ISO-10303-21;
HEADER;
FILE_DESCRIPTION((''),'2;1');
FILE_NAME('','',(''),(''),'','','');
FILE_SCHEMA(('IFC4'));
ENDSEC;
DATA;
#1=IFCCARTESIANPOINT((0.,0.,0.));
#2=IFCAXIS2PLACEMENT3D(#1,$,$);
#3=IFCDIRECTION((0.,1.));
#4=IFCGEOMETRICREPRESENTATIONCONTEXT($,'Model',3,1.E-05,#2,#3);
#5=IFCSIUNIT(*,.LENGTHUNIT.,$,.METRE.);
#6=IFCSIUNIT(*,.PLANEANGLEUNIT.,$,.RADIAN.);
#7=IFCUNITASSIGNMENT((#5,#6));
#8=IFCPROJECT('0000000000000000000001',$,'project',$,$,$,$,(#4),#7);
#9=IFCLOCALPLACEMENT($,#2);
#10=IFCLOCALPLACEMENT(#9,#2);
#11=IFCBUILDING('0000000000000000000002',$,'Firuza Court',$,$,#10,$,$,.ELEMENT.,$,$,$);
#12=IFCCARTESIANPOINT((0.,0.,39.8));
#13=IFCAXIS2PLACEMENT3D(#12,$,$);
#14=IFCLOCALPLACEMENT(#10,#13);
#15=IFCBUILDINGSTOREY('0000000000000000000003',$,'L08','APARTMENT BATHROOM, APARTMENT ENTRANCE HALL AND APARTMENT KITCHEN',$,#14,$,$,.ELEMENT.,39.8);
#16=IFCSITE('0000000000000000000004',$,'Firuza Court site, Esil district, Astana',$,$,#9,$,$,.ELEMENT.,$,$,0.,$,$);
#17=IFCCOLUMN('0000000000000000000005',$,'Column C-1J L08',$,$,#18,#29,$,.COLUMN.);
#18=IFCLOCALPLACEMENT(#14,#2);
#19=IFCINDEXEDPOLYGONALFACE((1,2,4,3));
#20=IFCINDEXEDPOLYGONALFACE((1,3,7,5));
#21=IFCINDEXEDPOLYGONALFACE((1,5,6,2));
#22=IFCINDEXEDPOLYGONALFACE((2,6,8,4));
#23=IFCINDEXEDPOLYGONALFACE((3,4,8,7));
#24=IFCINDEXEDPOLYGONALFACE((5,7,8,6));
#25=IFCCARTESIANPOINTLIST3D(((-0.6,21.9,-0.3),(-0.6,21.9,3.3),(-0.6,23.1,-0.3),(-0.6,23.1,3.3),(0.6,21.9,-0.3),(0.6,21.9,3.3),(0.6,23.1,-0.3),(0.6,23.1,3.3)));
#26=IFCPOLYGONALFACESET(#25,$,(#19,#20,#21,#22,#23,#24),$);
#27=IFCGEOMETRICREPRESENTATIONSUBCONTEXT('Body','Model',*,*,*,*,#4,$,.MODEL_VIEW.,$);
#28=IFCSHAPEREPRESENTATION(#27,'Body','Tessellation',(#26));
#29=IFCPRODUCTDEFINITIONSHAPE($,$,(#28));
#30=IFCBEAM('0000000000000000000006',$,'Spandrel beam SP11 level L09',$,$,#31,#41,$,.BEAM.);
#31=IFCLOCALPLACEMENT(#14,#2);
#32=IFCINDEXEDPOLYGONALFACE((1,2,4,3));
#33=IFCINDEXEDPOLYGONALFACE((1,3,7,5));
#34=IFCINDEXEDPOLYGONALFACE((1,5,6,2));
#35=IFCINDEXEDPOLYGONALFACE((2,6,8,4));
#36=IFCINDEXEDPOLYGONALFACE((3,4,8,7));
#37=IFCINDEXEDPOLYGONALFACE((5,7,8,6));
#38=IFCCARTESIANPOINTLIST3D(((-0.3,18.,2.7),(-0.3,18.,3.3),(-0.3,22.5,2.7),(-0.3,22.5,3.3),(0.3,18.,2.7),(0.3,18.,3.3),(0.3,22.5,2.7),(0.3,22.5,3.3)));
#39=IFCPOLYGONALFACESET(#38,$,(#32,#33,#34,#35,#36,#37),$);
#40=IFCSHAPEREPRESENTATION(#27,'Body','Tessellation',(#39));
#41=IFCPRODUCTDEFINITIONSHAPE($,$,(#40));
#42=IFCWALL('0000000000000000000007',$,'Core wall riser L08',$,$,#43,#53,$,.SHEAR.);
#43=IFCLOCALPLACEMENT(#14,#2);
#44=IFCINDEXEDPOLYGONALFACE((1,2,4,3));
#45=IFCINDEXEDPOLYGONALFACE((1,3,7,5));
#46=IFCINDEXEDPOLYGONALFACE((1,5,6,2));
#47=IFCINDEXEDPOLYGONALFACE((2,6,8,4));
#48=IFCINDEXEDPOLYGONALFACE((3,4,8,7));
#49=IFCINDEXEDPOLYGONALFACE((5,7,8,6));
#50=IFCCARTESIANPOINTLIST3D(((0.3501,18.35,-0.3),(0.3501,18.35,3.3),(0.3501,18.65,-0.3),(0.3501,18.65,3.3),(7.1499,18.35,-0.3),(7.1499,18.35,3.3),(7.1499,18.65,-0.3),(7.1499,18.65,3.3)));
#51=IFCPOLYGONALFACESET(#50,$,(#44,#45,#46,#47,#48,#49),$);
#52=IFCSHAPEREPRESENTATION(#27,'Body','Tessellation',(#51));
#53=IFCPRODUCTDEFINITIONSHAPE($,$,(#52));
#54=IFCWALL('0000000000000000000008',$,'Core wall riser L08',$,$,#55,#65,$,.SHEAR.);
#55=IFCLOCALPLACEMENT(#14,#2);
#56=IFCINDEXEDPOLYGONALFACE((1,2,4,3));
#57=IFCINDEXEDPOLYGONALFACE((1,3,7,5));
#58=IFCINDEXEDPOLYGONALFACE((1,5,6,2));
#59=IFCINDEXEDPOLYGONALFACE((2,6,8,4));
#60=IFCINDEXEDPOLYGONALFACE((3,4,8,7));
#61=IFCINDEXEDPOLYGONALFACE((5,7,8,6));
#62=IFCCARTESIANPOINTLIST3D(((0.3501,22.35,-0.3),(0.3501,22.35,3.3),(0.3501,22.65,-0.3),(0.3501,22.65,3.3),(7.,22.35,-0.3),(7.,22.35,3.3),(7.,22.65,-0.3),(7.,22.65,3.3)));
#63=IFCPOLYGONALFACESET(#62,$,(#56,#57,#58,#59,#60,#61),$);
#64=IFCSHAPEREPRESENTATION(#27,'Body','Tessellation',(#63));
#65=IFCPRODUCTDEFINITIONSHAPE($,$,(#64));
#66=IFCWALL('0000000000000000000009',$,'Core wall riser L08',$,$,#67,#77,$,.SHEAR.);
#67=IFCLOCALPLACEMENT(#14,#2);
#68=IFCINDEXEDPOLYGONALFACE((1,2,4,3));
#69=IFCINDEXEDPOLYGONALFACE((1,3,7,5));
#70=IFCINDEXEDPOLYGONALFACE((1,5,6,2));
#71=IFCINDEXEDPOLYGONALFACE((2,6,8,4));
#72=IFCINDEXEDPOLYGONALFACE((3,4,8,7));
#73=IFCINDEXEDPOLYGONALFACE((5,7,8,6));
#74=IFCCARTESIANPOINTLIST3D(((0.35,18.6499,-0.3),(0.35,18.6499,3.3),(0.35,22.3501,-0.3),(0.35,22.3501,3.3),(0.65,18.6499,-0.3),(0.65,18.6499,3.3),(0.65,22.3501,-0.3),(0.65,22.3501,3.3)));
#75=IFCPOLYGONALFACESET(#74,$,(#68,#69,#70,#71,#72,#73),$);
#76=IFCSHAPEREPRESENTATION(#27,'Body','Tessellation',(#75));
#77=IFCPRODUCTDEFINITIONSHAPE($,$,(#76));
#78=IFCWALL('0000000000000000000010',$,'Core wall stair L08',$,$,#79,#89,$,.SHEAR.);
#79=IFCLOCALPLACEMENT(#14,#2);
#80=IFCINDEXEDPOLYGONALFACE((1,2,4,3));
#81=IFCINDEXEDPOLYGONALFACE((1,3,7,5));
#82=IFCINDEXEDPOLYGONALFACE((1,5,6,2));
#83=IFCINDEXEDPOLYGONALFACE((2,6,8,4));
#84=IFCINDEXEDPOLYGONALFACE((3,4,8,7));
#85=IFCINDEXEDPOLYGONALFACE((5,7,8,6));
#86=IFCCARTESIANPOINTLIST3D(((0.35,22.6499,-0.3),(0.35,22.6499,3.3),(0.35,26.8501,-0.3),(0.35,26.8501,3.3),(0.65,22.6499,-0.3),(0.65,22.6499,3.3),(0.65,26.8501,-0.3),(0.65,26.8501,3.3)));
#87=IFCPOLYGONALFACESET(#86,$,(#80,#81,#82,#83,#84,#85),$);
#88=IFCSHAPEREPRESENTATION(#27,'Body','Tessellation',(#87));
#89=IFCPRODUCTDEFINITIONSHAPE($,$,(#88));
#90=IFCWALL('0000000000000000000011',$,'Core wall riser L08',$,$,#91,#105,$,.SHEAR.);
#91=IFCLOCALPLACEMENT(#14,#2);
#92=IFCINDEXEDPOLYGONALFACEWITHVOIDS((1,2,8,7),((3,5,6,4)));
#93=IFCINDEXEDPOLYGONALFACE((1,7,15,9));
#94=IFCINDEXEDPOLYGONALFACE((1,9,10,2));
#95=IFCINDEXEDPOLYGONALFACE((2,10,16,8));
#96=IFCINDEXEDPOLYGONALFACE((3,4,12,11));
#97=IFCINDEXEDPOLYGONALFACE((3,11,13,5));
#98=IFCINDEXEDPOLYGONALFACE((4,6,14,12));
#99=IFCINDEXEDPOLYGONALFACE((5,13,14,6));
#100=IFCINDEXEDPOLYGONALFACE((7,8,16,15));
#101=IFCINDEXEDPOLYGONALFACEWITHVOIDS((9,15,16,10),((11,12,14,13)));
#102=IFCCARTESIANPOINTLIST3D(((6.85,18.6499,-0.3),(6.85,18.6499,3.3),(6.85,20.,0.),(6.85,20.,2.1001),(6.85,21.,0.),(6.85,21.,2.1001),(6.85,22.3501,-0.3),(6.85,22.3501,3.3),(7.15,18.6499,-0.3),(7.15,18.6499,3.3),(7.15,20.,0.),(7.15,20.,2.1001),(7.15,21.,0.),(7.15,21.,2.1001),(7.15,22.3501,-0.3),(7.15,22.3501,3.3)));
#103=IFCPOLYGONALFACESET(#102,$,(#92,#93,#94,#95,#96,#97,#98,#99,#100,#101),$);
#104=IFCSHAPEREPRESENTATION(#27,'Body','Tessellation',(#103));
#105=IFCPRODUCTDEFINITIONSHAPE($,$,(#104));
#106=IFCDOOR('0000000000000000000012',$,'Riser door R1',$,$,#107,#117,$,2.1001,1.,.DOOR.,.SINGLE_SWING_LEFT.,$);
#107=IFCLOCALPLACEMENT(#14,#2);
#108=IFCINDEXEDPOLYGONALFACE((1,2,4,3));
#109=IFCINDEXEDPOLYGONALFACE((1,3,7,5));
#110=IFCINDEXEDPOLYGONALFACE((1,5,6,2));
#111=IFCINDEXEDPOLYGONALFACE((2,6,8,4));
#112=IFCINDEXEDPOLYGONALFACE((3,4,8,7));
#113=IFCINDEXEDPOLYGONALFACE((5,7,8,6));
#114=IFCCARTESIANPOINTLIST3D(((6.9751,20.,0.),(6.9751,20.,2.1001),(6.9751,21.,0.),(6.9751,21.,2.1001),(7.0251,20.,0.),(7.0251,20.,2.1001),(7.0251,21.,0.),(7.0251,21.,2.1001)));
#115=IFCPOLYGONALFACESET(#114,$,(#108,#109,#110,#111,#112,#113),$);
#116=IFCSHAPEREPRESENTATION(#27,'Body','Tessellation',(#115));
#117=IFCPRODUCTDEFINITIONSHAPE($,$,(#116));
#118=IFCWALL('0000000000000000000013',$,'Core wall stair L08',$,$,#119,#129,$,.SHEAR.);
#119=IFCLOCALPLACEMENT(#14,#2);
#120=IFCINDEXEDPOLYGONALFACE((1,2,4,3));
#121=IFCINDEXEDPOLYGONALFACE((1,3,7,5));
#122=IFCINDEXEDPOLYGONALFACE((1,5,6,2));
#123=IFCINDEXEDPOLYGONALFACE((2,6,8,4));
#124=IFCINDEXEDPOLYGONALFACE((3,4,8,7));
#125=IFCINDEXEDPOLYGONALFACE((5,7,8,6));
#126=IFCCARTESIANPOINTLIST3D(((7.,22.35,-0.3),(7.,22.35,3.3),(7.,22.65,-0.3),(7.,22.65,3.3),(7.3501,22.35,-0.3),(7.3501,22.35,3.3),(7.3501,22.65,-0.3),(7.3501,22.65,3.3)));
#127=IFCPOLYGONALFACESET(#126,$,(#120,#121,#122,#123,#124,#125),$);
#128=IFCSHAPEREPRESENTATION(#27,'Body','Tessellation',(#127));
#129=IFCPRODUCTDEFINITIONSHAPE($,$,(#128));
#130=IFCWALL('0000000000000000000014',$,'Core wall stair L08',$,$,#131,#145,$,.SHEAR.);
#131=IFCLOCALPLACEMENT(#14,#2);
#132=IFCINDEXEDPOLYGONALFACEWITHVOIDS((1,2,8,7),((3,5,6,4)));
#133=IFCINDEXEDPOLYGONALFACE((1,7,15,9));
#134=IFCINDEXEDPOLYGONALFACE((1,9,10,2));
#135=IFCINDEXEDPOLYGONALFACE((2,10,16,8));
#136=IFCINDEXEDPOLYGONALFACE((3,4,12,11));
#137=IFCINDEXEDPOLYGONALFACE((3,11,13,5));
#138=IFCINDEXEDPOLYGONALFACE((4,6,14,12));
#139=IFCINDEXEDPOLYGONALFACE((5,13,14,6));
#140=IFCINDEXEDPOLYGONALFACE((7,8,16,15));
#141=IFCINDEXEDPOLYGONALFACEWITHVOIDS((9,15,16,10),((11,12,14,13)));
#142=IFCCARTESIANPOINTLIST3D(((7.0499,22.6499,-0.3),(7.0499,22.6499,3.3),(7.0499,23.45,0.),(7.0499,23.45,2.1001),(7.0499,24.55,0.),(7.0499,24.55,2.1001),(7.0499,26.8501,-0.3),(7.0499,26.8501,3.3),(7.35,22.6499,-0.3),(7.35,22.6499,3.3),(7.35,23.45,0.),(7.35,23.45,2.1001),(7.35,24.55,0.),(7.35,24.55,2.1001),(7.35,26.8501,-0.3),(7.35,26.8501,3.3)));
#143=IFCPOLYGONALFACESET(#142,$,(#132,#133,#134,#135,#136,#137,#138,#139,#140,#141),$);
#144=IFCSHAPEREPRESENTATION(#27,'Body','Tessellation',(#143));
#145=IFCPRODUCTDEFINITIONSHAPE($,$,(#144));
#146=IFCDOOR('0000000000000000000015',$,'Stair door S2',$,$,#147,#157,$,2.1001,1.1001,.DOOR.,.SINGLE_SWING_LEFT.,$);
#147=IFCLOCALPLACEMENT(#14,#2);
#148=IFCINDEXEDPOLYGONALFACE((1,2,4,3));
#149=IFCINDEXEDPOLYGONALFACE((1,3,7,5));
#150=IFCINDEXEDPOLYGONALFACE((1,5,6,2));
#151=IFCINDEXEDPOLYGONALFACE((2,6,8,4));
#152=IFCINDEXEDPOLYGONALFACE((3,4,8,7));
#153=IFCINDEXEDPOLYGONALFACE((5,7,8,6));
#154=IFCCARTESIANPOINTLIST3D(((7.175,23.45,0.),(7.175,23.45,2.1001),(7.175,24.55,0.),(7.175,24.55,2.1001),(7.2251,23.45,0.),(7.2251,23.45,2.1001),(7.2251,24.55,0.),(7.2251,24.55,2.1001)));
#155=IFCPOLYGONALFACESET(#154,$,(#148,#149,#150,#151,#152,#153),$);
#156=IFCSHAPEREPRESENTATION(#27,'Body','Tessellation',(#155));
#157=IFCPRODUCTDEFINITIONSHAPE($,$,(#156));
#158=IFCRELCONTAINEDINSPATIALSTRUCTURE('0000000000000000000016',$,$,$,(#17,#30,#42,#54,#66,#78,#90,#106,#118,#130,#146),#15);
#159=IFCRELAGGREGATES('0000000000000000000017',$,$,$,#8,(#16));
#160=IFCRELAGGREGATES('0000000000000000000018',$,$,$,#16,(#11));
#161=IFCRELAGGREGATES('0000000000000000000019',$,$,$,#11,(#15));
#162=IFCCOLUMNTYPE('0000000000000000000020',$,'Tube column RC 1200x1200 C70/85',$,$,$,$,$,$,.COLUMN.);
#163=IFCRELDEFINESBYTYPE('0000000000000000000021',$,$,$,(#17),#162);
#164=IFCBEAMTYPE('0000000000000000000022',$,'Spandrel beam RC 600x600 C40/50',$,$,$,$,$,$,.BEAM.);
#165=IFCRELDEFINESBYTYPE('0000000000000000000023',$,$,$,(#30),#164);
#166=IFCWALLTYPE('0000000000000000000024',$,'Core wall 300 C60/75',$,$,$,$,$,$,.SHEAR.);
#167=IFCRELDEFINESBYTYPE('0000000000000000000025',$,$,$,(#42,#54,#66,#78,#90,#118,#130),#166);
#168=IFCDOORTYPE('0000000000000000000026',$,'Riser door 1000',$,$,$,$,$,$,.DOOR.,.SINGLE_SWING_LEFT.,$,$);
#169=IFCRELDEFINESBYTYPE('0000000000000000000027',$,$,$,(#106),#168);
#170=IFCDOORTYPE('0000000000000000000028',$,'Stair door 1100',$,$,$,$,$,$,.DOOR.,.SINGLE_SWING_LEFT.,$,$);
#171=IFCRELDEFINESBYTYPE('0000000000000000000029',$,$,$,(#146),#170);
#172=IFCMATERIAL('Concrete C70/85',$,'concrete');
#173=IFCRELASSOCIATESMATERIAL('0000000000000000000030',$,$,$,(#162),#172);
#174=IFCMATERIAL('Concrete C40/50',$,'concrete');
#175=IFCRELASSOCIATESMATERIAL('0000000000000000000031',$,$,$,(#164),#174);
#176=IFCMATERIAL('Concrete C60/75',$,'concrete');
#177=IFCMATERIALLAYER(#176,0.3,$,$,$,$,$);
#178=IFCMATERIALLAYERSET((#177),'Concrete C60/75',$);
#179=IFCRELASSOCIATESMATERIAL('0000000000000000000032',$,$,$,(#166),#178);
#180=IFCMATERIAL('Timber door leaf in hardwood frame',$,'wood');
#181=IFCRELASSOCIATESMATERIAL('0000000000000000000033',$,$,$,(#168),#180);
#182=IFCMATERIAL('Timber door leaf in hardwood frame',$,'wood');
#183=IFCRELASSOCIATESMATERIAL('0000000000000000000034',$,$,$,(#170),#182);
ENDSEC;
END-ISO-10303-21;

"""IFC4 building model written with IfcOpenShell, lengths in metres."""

from ifc_helpers import new_model, si_unit, direction, frame, frame_2d, origin, origin_2d, place, context, subcontext, project, spatial, rectangle, extrude, material, layer, layer_set, material_profile, profile_set, type_object, element, fill, save


model = new_model("IFC4")

# Units and contexts
model_context = context("Model", 3, precision=1e-05, world=origin(), true_north=direction((0.0, 1.0)))
body_context = subcontext(model_context, "Body", "Model", "MODEL_VIEW")
ifc_project = project(units=[si_unit("LENGTHUNIT", "METRE"), si_unit("PLANEANGLEUNIT", "RADIAN")], contexts=[model_context])

# Site, building, storey
site_placement = place(None, origin())
site = spatial("IfcSite", under=ifc_project, at=site_placement, Name="Firuza Court site, Esil district, Astana", CompositionType="ELEMENT", RefElevation=0.0)
building_placement = place(site_placement, origin())
building = spatial("IfcBuilding", under=site, at=building_placement, Name="Firuza Court", CompositionType="ELEMENT")
storey_placement = place(building_placement, frame((0.0, 0.0, 39.8)))
storey = spatial("IfcBuildingStorey", under=building, at=storey_placement, Name="L08", Description="APARTMENT BATHROOM, APARTMENT ENTRANCE HALL AND APARTMENT KITCHEN", CompositionType="ELEMENT", Elevation=39.8)

# Column
ifc_material_1 = material(Name="Concrete C70/85", Category="concrete")
ifc_material_profile_1 = material_profile(ifc_material_1, rectangle(XDim=1.2, YDim=1.2, at=origin_2d()), Name="RC 1200x1200")
ifc_profile_set_1 = profile_set([ifc_material_profile_1], Name="Concrete C70/85")
column_type = type_object("IfcColumnType", Name="Tube column RC 1200x1200 C70/85", PredefinedType="COLUMN", material=ifc_profile_set_1)
column_placement = place(storey_placement, frame((0.0, 22.5, -0.3), z_axis=(0.0, 0.0, 1.0), x_axis=(1.0, 0.0, 0.0)))
element("IfcColumn", 1, at=column_placement, inside=storey, type_object=column_type, Name="Column C-1J L08", PredefinedType="COLUMN", context=body_context, shape_type="SweptSolid", body=[
    extrude(rectangle(XDim=1.2, YDim=1.2, at=origin_2d()), origin(), (0.0, 0.0, 1.0), 3.6001),
])

# Beam
ifc_material_2 = material(Name="Concrete C40/50", Category="concrete")
ifc_material_profile_2 = material_profile(ifc_material_2, rectangle(XDim=0.6001, YDim=0.6001, at=origin_2d()), Name="RC 600x600")
ifc_profile_set_2 = profile_set([ifc_material_profile_2], Name="Concrete C40/50")
beam_type = type_object("IfcBeamType", Name="Spandrel beam RC 600x600 C40/50", PredefinedType="BEAM", material=ifc_profile_set_2)
beam_placement = place(storey_placement, frame((0.0, 22.5, 3.0), z_axis=(0.0, -1.0, 0.0), x_axis=(1.0, 0.0, 0.0)))
element("IfcBeam", 2, at=beam_placement, inside=storey, type_object=beam_type, Name="Spandrel beam SP11 level L09", PredefinedType="BEAM", context=body_context, shape_type="SweptSolid", body=[
    extrude(rectangle(XDim=0.6001, YDim=0.6001, at=origin_2d()), origin(), (0.0, 0.0, 1.0), 4.5),
])

# Walls
ifc_material_3 = material(Name="Concrete C60/75", Category="concrete")
ifc_layer = layer(ifc_material_3, 0.3)
ifc_layer_set = layer_set([ifc_layer], Name="Concrete C60/75")
wall_type = type_object("IfcWallType", Name="Core wall 300 C60/75", PredefinedType="SHEAR", material=ifc_layer_set)
wall_1_placement = place(storey_placement, frame((0.3501, 18.5, -0.3), z_axis=(0.0, 0.0, 1.0), x_axis=(1.0, 0.0, 0.0)))
element("IfcWall", 3, at=wall_1_placement, inside=storey, type_object=wall_type, Name="Core wall riser L08", PredefinedType="SHEAR", context=body_context, shape_type="SweptSolid", body=[
    extrude(rectangle(XDim=6.7998, YDim=0.3, at=frame_2d((3.3999, 0.0))), origin(), (0.0, 0.0, 1.0), 3.6001),
])
wall_2_placement = place(storey_placement, frame((0.3501, 22.5, -0.3), z_axis=(0.0, 0.0, 1.0), x_axis=(1.0, 0.0, 0.0)))
element("IfcWall", 4, at=wall_2_placement, inside=storey, type_object=wall_type, Name="Core wall riser L08", PredefinedType="SHEAR", context=body_context, shape_type="SweptSolid", body=[
    extrude(rectangle(XDim=6.6499, YDim=0.3, at=frame_2d((3.325, 0.0))), origin(), (0.0, 0.0, 1.0), 3.6001),
])
wall_3_placement = place(storey_placement, frame((0.5, 18.6499, -0.3), z_axis=(0.0, 0.0, 1.0), x_axis=(0.0, 1.0, 0.0)))
element("IfcWall", 5, at=wall_3_placement, inside=storey, type_object=wall_type, Name="Core wall riser L08", PredefinedType="SHEAR", context=body_context, shape_type="SweptSolid", body=[
    extrude(rectangle(XDim=3.7002, YDim=0.3, at=frame_2d((1.8501, 0.0))), origin(), (0.0, 0.0, 1.0), 3.6001),
])
wall_4_placement = place(storey_placement, frame((0.5, 22.6499, -0.3), z_axis=(0.0, 0.0, 1.0), x_axis=(0.0, 1.0, 0.0)))
element("IfcWall", 6, at=wall_4_placement, inside=storey, type_object=wall_type, Name="Core wall stair L08", PredefinedType="SHEAR", context=body_context, shape_type="SweptSolid", body=[
    extrude(rectangle(XDim=4.2002, YDim=0.3, at=frame_2d((2.1001, 0.0))), origin(), (0.0, 0.0, 1.0), 3.6001),
])

# Wall, opening, door
wall_5_placement = place(storey_placement, frame((7.0, 18.6499, -0.3), z_axis=(0.0, 0.0, 1.0), x_axis=(0.0, 1.0, 0.0)))
wall_5 = element("IfcWall", 7, at=wall_5_placement, inside=storey, type_object=wall_type, Name="Core wall riser L08", PredefinedType="SHEAR", context=body_context, shape_type="SweptSolid", body=[
    extrude(rectangle(XDim=3.7002, YDim=0.3, at=frame_2d((1.8501, 0.0))), origin(), (0.0, 0.0, 1.0), 3.6001),
])
opening_1_placement = place(wall_5_placement, frame((1.3501, 0.0, 0.3)))
opening_1 = element("IfcOpeningElement", 8, at=opening_1_placement, cuts=wall_5, PredefinedType="OPENING", context=body_context, shape_type="SweptSolid", body=[
    extrude(rectangle(XDim=1.0, YDim=2.1001, at=frame_2d((0.5, 1.05))), frame((0.0, 0.1621, 0.0), z_axis=(0.0, -1.0, 0.0), x_axis=(1.0, 0.0, 0.0)), (0.0, 0.0, 1.0), 0.324),
])
ifc_material_4 = material(Name="Timber door leaf in hardwood frame", Category="wood")
door_type_1 = type_object("IfcDoorType", Name="Riser door 1000", OperationType="SINGLE_SWING_LEFT", PredefinedType="DOOR", material=ifc_material_4)
door_1_placement = place(opening_1_placement, origin())
door_1 = element("IfcDoor", 9, at=door_1_placement, inside=storey, type_object=door_type_1, Name="Riser door R1", OperationType="SINGLE_SWING_LEFT", OverallHeight=2.1001, OverallWidth=1.0, PredefinedType="DOOR", context=body_context, shape_type="SweptSolid", body=[
    extrude(rectangle(XDim=1.0, YDim=2.1001, at=frame_2d((0.5, 1.05))), frame((0.0, 0.0249, 0.0), z_axis=(0.0, -1.0, 0.0), x_axis=(1.0, 0.0, 0.0)), (0.0, 0.0, 1.0), 0.05),
])
fill(opening_1, door_1)

# Wall
wall_6_placement = place(storey_placement, frame((7.0, 22.5, -0.3), z_axis=(0.0, 0.0, 1.0), x_axis=(1.0, 0.0, 0.0)))
element("IfcWall", 10, at=wall_6_placement, inside=storey, type_object=wall_type, Name="Core wall stair L08", PredefinedType="SHEAR", context=body_context, shape_type="SweptSolid", body=[
    extrude(rectangle(XDim=0.3501, YDim=0.3, at=frame_2d((0.175, 0.0))), origin(), (0.0, 0.0, 1.0), 3.6001),
])

# Wall, opening, door
wall_7_placement = place(storey_placement, frame((7.2, 22.6499, -0.3), z_axis=(0.0, 0.0, 1.0), x_axis=(0.0, 1.0, 0.0)))
wall_7 = element("IfcWall", 11, at=wall_7_placement, inside=storey, type_object=wall_type, Name="Core wall stair L08", PredefinedType="SHEAR", context=body_context, shape_type="SweptSolid", body=[
    extrude(rectangle(XDim=4.2002, YDim=0.3, at=frame_2d((2.1001, 0.0))), origin(), (0.0, 0.0, 1.0), 3.6001),
])
opening_2_placement = place(wall_7_placement, frame((0.8, 0.0, 0.3)))
opening_2 = element("IfcOpeningElement", 12, at=opening_2_placement, cuts=wall_7, PredefinedType="OPENING", context=body_context, shape_type="SweptSolid", body=[
    extrude(rectangle(XDim=1.1001, YDim=2.1001, at=frame_2d((0.55, 1.05))), frame((0.0, 0.1621, 0.0), z_axis=(0.0, -1.0, 0.0), x_axis=(1.0, 0.0, 0.0)), (0.0, 0.0, 1.0), 0.324),
])
ifc_material_5 = material(Name="Timber door leaf in hardwood frame", Category="wood")
door_type_2 = type_object("IfcDoorType", Name="Stair door 1100", OperationType="SINGLE_SWING_LEFT", PredefinedType="DOOR", material=ifc_material_5)
door_2_placement = place(opening_2_placement, origin())
door_2 = element("IfcDoor", 13, at=door_2_placement, inside=storey, type_object=door_type_2, Name="Stair door S2", OperationType="SINGLE_SWING_LEFT", OverallHeight=2.1001, OverallWidth=1.1001, PredefinedType="DOOR", context=body_context, shape_type="SweptSolid", body=[
    extrude(rectangle(XDim=1.1001, YDim=2.1001, at=frame_2d((0.55, 1.05))), frame((0.0, 0.0249, 0.0), z_axis=(0.0, -1.0, 0.0), x_axis=(1.0, 0.0, 0.0)), (0.0, 0.0, 1.0), 0.05),
])
fill(opening_2, door_2)

save(model, "model.ifc")
